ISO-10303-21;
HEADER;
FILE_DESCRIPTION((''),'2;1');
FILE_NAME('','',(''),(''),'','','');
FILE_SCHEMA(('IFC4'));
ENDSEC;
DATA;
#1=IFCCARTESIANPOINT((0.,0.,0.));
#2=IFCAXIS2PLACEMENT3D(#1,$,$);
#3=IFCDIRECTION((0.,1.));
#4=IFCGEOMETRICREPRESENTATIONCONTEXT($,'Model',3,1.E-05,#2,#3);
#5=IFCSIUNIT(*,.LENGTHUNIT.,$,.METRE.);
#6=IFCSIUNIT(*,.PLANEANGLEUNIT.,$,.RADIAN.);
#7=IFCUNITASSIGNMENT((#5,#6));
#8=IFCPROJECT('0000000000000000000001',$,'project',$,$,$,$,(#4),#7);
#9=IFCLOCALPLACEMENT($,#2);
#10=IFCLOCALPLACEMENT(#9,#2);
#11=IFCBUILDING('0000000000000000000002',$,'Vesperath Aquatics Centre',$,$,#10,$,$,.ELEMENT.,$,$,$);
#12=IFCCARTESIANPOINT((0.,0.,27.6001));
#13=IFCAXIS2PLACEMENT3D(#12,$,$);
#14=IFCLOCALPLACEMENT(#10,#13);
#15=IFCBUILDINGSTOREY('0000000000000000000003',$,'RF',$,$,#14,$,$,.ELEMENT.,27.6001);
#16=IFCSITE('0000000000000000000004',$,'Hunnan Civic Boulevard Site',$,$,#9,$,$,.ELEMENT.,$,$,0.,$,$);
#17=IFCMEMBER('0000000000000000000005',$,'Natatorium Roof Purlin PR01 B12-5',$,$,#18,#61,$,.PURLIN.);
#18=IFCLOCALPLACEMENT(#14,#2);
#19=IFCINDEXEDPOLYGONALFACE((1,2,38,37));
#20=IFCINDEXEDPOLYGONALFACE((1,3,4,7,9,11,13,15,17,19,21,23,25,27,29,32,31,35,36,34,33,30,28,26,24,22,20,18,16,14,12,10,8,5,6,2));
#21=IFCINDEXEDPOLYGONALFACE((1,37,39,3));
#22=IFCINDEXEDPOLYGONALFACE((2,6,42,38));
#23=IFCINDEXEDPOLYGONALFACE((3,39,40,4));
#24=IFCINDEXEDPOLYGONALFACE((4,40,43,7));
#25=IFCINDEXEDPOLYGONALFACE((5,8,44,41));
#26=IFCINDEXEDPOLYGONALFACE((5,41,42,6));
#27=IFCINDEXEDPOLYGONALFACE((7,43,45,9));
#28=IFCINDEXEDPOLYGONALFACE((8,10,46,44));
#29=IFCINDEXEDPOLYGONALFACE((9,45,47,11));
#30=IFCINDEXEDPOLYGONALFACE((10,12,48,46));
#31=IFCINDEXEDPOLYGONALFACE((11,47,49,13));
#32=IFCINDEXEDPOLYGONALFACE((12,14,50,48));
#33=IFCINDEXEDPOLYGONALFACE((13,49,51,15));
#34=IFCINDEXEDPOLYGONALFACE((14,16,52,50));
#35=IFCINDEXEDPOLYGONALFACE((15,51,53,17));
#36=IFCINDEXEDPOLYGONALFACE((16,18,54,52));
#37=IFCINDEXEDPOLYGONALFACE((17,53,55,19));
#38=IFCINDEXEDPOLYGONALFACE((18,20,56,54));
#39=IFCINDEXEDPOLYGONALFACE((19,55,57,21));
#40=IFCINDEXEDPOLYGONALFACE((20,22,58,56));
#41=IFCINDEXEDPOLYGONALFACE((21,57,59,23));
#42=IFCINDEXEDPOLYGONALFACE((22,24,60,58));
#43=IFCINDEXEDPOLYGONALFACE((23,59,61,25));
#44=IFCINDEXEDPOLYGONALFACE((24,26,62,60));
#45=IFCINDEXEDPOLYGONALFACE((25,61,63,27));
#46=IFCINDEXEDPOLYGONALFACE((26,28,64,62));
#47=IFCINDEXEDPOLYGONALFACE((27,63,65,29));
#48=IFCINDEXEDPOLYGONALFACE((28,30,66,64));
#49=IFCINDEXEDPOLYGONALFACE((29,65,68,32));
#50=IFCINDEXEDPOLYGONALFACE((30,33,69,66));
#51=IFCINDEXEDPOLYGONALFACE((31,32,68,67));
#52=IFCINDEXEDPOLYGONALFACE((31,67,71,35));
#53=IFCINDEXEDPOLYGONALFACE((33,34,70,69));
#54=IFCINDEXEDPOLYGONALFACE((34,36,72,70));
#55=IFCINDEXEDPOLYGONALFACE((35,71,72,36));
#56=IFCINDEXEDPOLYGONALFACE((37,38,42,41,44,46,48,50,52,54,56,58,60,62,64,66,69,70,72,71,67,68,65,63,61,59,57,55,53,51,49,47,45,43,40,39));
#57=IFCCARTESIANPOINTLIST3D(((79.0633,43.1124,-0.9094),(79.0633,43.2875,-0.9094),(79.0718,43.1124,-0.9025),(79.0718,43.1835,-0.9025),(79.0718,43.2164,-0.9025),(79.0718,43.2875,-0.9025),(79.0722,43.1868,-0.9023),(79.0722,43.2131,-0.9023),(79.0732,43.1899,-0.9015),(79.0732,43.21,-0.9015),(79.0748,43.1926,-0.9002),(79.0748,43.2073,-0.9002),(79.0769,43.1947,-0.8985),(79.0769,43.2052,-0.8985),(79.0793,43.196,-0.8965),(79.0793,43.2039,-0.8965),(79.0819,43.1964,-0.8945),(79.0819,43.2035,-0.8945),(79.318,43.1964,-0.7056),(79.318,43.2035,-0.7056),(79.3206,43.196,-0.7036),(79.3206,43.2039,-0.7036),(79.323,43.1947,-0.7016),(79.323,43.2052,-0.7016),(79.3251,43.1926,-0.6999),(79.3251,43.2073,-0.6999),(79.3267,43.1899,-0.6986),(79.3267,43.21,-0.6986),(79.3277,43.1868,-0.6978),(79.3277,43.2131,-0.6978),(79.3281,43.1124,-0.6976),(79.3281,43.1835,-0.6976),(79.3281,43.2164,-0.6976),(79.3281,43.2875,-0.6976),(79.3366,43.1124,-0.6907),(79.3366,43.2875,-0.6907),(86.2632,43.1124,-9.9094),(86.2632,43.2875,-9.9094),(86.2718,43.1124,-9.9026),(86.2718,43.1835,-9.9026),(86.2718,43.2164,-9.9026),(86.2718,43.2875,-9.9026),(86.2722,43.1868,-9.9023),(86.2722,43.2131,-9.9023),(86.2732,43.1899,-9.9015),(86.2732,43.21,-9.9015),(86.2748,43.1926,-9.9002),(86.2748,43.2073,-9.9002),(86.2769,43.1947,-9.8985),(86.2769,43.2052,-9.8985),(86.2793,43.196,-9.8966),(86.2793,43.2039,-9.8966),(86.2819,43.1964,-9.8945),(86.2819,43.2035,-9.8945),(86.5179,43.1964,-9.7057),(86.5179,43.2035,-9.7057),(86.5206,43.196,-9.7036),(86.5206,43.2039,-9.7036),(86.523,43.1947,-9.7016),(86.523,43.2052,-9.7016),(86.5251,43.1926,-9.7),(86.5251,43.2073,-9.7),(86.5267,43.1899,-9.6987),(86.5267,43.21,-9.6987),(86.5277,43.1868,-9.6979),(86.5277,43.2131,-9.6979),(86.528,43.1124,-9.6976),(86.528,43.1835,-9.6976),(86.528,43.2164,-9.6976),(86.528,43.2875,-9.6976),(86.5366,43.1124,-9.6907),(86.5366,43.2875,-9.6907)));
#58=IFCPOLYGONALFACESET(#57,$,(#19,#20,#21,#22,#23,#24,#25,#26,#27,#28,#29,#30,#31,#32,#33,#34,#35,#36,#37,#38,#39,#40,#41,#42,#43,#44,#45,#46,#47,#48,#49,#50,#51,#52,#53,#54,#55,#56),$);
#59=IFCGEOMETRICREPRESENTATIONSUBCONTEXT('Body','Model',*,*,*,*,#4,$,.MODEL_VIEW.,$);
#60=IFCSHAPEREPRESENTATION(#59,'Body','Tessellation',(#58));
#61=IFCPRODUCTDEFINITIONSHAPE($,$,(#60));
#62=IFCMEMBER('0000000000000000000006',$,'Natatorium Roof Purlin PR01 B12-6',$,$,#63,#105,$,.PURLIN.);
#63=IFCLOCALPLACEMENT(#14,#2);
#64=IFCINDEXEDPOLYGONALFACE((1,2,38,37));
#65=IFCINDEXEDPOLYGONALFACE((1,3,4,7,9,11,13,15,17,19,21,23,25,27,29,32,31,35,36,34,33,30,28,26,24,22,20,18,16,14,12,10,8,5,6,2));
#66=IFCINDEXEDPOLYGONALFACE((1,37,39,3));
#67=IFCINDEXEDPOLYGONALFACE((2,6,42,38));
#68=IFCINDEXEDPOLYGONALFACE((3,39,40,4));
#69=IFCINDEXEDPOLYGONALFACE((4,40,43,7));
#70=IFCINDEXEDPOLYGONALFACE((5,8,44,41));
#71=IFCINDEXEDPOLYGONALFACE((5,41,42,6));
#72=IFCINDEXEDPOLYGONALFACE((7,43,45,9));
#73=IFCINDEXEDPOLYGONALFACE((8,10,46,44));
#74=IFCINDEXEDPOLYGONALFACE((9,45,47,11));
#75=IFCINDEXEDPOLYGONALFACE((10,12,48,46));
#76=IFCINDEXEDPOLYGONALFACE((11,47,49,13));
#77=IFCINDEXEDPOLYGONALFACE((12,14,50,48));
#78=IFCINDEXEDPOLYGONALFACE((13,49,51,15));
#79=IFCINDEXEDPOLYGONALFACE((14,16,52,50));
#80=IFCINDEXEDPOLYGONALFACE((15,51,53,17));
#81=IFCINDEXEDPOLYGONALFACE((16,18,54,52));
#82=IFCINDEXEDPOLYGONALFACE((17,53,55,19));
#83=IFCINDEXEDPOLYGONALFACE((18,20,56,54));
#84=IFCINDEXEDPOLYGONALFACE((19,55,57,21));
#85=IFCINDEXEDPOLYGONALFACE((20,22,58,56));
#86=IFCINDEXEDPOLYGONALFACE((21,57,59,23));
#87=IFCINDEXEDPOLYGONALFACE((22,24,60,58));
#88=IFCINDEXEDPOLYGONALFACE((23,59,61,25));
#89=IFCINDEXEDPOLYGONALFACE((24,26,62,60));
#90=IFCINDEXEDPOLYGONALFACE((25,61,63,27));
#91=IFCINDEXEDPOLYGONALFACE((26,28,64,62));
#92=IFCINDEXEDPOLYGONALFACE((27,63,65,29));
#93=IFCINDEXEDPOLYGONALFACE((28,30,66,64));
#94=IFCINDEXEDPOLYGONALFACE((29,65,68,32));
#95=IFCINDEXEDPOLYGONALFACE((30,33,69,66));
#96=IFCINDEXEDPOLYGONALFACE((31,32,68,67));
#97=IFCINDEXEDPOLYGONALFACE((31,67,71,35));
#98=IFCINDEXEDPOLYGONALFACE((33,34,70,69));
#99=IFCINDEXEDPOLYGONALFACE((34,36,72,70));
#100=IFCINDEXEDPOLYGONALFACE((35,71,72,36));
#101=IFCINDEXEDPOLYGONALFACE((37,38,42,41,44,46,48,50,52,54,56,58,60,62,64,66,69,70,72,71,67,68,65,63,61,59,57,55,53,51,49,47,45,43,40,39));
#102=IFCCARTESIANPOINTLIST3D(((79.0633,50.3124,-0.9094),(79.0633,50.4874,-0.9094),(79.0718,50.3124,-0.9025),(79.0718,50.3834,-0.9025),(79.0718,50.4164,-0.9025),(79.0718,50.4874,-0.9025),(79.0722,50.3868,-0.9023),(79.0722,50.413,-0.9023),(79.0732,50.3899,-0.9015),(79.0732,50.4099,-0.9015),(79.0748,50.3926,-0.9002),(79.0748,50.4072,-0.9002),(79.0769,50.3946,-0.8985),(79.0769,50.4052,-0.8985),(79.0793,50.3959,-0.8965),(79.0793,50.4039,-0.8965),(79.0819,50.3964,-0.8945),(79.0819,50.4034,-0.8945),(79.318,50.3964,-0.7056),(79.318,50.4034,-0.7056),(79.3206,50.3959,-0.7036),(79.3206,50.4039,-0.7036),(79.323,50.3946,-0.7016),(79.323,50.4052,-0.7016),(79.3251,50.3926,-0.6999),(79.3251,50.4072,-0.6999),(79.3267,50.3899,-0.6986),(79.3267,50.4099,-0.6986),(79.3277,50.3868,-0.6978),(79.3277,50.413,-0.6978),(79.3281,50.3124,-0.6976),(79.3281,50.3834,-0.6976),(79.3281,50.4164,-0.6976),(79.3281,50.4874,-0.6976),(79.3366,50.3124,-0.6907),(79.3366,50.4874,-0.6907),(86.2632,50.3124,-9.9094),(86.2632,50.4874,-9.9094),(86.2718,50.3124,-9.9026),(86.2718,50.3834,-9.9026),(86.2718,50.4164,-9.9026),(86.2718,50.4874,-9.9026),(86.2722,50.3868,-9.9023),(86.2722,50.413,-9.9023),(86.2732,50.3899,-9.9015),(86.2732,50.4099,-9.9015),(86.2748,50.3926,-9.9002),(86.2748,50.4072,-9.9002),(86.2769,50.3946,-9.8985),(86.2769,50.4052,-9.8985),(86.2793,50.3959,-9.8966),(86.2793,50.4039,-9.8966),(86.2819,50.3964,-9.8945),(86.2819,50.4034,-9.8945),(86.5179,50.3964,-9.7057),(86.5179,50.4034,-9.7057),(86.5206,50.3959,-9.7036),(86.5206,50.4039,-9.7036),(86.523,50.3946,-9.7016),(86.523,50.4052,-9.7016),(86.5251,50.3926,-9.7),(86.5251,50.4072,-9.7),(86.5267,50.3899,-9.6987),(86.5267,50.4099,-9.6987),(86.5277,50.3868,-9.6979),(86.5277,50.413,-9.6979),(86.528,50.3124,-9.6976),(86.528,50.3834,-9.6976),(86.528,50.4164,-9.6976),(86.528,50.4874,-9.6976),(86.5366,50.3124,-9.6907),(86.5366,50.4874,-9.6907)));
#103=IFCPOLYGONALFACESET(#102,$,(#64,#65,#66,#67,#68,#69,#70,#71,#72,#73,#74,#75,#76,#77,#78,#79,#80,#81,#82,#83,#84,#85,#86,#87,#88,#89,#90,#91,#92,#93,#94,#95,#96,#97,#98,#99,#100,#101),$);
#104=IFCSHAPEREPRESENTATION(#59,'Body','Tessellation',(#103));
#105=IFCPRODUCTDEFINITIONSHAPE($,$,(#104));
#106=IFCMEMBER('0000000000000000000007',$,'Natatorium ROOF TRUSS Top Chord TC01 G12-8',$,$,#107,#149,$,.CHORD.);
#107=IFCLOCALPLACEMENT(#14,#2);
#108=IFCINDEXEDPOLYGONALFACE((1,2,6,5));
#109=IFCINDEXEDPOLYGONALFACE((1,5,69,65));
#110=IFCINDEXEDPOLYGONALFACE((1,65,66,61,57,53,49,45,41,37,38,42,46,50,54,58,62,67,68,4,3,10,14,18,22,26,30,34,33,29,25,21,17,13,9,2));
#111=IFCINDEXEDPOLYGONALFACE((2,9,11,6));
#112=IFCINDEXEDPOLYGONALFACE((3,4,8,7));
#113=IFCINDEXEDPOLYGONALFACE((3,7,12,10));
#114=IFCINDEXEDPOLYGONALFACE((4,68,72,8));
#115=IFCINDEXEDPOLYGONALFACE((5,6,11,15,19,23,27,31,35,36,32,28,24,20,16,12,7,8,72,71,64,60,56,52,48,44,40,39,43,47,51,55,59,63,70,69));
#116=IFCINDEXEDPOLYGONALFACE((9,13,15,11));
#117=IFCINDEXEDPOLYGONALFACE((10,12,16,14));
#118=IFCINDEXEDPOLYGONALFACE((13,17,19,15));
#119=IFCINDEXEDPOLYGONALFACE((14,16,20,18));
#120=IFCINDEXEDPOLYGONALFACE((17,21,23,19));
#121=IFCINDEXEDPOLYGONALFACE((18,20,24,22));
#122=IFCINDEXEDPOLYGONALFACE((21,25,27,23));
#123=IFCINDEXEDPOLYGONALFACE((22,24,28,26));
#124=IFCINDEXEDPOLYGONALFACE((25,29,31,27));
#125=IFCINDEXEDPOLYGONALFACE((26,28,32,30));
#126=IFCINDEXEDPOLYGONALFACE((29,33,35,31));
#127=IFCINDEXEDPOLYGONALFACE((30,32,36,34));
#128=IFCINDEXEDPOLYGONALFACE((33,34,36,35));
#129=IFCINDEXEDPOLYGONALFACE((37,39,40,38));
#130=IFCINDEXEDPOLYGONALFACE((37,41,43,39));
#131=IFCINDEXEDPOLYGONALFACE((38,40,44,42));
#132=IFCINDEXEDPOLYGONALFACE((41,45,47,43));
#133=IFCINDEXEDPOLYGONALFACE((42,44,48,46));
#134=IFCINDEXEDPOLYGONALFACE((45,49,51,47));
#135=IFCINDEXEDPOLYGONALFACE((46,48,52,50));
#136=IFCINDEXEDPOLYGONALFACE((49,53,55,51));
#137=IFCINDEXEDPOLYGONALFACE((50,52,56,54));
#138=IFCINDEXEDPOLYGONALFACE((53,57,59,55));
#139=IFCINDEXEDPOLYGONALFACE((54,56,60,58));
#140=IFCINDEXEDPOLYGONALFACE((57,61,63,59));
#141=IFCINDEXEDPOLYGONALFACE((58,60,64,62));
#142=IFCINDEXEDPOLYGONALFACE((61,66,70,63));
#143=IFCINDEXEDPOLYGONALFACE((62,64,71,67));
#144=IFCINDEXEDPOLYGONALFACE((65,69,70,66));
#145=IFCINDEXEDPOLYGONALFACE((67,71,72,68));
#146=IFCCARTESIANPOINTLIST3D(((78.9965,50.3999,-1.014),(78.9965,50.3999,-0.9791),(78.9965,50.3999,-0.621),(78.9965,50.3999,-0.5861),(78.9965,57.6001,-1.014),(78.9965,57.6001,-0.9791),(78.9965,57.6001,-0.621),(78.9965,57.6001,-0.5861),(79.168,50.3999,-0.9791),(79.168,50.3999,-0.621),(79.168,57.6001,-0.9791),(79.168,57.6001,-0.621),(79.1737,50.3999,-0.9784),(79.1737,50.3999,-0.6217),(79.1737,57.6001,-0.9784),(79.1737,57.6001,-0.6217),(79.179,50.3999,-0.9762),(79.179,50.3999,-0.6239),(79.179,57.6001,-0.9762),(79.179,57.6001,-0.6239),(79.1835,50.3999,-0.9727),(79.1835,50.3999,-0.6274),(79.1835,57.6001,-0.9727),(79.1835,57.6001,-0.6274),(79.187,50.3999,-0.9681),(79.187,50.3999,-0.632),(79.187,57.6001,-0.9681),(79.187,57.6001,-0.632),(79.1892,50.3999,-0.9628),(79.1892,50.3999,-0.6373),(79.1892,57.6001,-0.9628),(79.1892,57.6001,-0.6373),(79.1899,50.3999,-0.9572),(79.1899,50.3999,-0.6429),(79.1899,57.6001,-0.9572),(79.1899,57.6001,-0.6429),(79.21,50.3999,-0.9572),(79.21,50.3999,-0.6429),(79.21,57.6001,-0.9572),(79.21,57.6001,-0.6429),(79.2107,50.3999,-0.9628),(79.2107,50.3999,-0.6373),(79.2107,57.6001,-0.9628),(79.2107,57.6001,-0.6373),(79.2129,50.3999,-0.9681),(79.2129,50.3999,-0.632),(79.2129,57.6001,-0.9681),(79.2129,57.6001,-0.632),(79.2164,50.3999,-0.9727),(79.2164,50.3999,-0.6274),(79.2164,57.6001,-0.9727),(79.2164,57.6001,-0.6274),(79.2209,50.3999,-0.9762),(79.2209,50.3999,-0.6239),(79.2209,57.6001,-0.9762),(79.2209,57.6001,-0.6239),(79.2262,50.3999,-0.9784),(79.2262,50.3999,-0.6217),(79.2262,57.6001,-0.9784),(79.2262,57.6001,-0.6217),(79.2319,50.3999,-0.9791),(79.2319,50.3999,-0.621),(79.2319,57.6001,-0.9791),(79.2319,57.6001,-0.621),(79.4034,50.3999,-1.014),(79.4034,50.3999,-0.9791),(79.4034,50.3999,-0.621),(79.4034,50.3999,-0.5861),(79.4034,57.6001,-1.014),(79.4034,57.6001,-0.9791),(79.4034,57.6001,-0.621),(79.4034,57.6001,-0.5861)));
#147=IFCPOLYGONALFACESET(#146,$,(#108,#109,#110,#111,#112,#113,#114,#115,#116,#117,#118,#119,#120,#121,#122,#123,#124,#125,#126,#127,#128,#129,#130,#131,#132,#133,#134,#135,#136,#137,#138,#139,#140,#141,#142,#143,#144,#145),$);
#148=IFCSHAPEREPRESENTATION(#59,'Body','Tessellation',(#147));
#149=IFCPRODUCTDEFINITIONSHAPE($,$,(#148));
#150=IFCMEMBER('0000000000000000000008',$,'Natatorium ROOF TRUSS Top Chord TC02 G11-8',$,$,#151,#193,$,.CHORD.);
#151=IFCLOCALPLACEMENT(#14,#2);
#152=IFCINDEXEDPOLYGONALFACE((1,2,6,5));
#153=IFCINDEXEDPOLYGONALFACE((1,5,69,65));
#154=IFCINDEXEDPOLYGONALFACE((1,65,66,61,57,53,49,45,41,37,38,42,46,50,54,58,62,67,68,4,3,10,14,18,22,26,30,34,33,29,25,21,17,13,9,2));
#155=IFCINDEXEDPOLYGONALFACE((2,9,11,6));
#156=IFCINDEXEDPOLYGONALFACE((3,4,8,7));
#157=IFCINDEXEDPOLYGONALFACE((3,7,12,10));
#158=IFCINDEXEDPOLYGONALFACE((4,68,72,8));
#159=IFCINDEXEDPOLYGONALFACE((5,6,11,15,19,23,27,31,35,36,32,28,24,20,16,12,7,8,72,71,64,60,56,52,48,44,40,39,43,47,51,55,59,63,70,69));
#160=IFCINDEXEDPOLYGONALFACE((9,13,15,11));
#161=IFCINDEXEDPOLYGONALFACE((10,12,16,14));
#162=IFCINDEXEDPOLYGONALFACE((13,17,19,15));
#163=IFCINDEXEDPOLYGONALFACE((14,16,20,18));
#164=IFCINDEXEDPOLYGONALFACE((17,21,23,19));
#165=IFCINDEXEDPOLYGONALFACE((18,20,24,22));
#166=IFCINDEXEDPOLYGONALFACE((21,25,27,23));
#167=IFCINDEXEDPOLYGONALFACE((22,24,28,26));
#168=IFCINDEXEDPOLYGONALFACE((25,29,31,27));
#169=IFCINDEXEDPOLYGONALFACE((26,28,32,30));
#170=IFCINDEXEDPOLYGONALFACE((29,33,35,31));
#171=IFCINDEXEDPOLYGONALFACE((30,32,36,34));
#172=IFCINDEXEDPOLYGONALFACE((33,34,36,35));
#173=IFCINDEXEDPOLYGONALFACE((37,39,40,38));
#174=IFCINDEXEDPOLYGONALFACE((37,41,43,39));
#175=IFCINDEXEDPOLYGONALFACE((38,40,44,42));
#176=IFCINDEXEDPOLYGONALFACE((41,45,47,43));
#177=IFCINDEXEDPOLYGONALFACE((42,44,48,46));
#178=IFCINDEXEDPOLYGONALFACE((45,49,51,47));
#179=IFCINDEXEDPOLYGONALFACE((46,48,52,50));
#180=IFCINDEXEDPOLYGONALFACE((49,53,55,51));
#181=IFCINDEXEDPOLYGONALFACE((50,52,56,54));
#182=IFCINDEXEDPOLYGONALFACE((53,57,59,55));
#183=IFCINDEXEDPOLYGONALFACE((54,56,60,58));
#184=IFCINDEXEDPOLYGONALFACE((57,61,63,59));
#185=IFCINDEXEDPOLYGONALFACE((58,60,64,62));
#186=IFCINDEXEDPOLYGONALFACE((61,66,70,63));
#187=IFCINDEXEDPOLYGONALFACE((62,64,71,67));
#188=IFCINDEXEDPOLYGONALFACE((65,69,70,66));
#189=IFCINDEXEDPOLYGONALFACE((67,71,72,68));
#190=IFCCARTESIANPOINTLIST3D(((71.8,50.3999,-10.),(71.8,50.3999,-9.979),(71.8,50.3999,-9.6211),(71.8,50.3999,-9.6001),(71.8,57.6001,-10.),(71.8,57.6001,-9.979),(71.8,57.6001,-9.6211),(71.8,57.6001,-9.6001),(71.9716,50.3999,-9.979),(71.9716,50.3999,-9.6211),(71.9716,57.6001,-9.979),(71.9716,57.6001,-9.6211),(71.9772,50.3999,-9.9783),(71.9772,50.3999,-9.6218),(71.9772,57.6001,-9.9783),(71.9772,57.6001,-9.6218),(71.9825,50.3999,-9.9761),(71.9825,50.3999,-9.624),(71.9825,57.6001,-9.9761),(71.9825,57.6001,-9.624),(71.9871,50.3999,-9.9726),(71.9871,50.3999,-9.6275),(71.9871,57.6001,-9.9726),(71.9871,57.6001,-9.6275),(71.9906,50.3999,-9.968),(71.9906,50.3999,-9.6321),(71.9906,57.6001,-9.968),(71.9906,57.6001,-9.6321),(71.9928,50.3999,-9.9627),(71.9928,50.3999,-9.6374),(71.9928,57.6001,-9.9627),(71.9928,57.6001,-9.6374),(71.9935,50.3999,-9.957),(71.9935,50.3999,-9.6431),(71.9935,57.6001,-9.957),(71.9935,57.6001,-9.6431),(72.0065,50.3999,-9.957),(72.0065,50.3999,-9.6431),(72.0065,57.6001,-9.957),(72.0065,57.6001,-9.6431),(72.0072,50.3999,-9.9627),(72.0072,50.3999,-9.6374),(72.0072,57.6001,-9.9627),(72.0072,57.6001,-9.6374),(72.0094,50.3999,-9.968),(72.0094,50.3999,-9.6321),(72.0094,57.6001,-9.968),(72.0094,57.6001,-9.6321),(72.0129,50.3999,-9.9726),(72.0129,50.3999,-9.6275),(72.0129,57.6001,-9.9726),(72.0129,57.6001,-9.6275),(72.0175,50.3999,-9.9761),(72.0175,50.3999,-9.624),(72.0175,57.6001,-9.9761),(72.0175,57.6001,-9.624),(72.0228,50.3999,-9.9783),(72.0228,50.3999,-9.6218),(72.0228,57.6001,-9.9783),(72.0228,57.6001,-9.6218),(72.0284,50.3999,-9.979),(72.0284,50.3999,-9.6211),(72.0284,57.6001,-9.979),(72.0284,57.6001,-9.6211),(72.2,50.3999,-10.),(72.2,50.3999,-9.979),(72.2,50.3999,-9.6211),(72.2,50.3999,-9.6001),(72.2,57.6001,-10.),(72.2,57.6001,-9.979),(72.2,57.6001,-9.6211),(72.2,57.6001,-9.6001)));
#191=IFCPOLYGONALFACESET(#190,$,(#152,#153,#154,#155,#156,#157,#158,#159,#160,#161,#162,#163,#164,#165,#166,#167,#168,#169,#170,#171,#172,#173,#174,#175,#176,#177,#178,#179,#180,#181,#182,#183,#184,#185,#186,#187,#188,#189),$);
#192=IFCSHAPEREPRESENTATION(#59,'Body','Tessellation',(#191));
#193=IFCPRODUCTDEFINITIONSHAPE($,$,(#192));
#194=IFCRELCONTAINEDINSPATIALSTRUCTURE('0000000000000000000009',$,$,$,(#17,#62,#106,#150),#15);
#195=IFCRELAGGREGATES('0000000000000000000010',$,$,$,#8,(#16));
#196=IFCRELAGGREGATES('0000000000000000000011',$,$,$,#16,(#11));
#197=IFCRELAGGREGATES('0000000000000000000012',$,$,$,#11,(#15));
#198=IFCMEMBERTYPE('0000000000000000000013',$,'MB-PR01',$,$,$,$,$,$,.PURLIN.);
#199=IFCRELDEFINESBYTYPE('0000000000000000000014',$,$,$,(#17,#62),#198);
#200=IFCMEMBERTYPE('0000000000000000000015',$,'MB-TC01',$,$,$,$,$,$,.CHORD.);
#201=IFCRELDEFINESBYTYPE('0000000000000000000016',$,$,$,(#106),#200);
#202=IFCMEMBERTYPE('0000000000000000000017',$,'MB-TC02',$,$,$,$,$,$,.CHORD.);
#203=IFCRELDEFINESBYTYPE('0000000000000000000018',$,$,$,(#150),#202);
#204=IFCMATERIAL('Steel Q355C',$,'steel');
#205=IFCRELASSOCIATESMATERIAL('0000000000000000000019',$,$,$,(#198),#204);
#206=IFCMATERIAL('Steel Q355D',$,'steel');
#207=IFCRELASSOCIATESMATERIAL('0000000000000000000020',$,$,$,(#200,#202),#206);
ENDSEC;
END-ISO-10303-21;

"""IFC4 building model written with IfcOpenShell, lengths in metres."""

from ifc_helpers import new_model, si_unit, direction, frame, origin, origin_2d, place, context, subcontext, project, spatial, i_section, extrude, material, material_profile, profile_set, type_object, element, save


model = new_model("IFC4")

# Units and contexts
model_context = context("Model", 3, precision=1e-05, world=origin(), true_north=direction((0.0, 1.0)))
body_context = subcontext(model_context, "Body", "Model", "MODEL_VIEW")
ifc_project = project(units=[si_unit("LENGTHUNIT", "METRE"), si_unit("PLANEANGLEUNIT", "RADIAN")], contexts=[model_context])

# Site, building, storey
site_placement = place(None, origin())
site = spatial("IfcSite", under=ifc_project, at=site_placement, Name="Hunnan Civic Boulevard Site", CompositionType="ELEMENT", RefElevation=0.0)
building_placement = place(site_placement, origin())
building = spatial("IfcBuilding", under=site, at=building_placement, Name="Vesperath Aquatics Centre", CompositionType="ELEMENT")
storey_placement = place(building_placement, frame((0.0, 0.0, 27.6001)))
storey = spatial("IfcBuildingStorey", under=building, at=storey_placement, Name="RF", CompositionType="ELEMENT", Elevation=27.6001)

# Members
ifc_material_1 = material(Name="Steel Q355D", Category="steel")
ifc_material_2 = material(Name="Steel Q355C", Category="steel")
ifc_material_profile_1 = material_profile(ifc_material_2, i_section(OverallWidth=0.175, OverallDepth=0.3501, WebThickness=0.0071, FlangeThickness=0.011, FilletRadius=0.0129, at=origin_2d()), Name="HN 350x175x7x11")
ifc_profile_set_1 = profile_set([ifc_material_profile_1], Name="Steel Q355C")
member_type_1 = type_object("IfcMemberType", Name="MB-PR01", PredefinedType="PURLIN", material=ifc_profile_set_1)
for number, where, z_axis, x_axis, name in (
    (1, (79.2, 43.2, -0.8), (0.624692, 0.0, -0.780871), (0.0, 1.0, 0.0), "Natatorium Roof Purlin PR01 B12-5"),
    (2, (79.2, 50.3999, -0.8), (0.624692, 0.0, -0.780871), (0.0, 1.0, 0.0), "Natatorium Roof Purlin PR01 B12-6"),
):
    element("IfcMember", number, at=place(storey_placement, frame(where, z_axis=z_axis, x_axis=x_axis)), inside=storey, type_object=member_type_1, Name=name, PredefinedType="PURLIN", context=body_context, shape_type="SweptSolid", body=[
        extrude(i_section(OverallWidth=0.175, OverallDepth=0.3501, WebThickness=0.0071, FlangeThickness=0.011, FilletRadius=0.0129, at=origin_2d()), origin(), (0.0, 0.0, 1.0), 11.5256),
    ])
ifc_material_profile_2 = material_profile(ifc_material_1, i_section(OverallWidth=0.407, OverallDepth=0.428, WebThickness=0.02, FlangeThickness=0.0349, FilletRadius=0.022, at=origin_2d()), Name="HW 428x407x20x35")
ifc_profile_set_2 = profile_set([ifc_material_profile_2], Name="Steel Q355D")
member_type_2 = type_object("IfcMemberType", Name="MB-TC01", PredefinedType="CHORD", material=ifc_profile_set_2)
member_1_placement = place(storey_placement, frame((79.2, 50.3999, -0.8), z_axis=(0.0, 1.0, 0.0), x_axis=(-1.0, 0.0, 0.0)))
element("IfcMember", 3, at=member_1_placement, inside=storey, type_object=member_type_2, Name="Natatorium ROOF TRUSS Top Chord TC01 G12-8", PredefinedType="CHORD", context=body_context, shape_type="SweptSolid", body=[
    extrude(i_section(OverallWidth=0.407, OverallDepth=0.428, WebThickness=0.02, FlangeThickness=0.0349, FilletRadius=0.022, at=origin_2d()), origin(), (0.0, 0.0, 1.0), 7.2002),
])
ifc_material_profile_3 = material_profile(ifc_material_1, i_section(OverallWidth=0.3999, OverallDepth=0.3999, WebThickness=0.0129, FlangeThickness=0.021, FilletRadius=0.022, at=origin_2d()), Name="HW 400x400x13x21")
ifc_profile_set_3 = profile_set([ifc_material_profile_3], Name="Steel Q355D")
member_type_3 = type_object("IfcMemberType", Name="MB-TC02", PredefinedType="CHORD", material=ifc_profile_set_3)
member_2_placement = place(storey_placement, frame((72.0, 50.3999, -9.8), z_axis=(0.0, 1.0, 0.0), x_axis=(-1.0, 0.0, 0.0)))
element("IfcMember", 4, at=member_2_placement, inside=storey, type_object=member_type_3, Name="Natatorium ROOF TRUSS Top Chord TC02 G11-8", PredefinedType="CHORD", context=body_context, shape_type="SweptSolid", body=[
    extrude(i_section(OverallWidth=0.3999, OverallDepth=0.3999, WebThickness=0.0129, FlangeThickness=0.021, FilletRadius=0.022, at=origin_2d()), origin(), (0.0, 0.0, 1.0), 7.2002),
])

save(model, "model.ifc")
